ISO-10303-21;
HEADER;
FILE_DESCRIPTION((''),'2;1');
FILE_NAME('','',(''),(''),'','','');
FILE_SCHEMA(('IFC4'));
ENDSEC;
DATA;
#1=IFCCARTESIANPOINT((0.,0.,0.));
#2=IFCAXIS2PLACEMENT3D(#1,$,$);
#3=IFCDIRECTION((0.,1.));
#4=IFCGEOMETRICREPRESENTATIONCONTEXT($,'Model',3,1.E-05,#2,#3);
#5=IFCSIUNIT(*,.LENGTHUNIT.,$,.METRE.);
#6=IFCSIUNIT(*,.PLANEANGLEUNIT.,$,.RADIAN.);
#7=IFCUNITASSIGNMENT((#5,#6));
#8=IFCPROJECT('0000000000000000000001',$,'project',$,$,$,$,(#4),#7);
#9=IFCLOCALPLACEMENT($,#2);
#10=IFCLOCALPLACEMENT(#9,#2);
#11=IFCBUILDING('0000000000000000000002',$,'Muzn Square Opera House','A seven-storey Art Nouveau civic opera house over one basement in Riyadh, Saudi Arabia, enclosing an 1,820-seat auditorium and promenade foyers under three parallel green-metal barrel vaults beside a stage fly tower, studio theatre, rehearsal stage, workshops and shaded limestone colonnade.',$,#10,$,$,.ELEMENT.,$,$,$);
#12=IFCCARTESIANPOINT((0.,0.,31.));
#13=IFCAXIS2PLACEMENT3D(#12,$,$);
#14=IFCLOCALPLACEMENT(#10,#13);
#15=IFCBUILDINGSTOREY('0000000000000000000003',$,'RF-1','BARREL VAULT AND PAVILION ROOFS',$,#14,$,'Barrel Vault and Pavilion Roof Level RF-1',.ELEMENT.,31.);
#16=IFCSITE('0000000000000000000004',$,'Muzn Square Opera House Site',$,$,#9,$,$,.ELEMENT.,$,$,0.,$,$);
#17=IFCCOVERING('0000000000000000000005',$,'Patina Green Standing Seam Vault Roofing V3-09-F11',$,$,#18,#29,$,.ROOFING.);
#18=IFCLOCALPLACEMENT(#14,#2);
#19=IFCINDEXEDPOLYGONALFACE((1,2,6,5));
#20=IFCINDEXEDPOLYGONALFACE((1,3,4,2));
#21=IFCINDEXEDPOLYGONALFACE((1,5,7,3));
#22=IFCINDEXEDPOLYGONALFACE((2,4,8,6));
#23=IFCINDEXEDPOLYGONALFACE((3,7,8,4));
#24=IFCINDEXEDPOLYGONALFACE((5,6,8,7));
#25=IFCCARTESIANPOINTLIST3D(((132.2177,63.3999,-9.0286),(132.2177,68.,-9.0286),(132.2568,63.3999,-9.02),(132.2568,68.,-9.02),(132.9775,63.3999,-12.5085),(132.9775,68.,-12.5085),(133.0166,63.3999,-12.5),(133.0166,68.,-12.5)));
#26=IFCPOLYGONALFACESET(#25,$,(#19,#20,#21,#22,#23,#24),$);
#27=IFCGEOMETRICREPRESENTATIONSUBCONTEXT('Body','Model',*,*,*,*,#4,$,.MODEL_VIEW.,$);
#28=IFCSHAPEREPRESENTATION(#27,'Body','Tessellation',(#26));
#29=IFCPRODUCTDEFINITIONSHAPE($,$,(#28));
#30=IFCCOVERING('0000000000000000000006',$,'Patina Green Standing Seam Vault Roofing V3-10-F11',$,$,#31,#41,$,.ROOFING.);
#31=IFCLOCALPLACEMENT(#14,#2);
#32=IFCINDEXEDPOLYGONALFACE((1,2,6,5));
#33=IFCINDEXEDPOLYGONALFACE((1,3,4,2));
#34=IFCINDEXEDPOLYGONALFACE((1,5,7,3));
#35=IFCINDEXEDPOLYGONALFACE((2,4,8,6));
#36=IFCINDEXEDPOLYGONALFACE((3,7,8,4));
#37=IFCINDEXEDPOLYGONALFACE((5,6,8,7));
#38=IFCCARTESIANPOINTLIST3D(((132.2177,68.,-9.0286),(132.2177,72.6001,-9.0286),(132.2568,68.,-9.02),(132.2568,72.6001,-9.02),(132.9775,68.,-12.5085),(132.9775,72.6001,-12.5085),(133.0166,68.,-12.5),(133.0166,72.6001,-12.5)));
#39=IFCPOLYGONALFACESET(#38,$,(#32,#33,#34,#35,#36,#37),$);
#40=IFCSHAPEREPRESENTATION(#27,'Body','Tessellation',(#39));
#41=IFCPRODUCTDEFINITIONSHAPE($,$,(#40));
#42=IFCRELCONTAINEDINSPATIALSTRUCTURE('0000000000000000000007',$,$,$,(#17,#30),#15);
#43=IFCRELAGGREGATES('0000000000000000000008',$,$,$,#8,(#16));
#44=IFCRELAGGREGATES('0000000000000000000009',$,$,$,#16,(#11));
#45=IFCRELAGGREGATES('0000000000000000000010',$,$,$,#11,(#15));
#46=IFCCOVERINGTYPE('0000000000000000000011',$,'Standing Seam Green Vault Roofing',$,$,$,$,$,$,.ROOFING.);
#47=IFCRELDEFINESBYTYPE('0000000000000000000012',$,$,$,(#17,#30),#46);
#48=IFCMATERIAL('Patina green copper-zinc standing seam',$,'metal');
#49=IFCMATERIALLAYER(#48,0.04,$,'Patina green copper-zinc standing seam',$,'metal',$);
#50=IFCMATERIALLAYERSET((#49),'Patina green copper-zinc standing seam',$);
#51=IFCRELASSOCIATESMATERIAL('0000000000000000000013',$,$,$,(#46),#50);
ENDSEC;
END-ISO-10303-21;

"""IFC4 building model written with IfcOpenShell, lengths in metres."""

from ifc_helpers import new_model, si_unit, direction, frame, origin, place, context, subcontext, project, spatial, polyline, outline, extrude, material, layer, layer_set, type_object, element, save


model = new_model("IFC4")

# Units and contexts
model_context = context("Model", 3, precision=1e-05, world=origin(), true_north=direction((0.0, 1.0)))
body_context = subcontext(model_context, "Body", "Model", "MODEL_VIEW")
ifc_project = project(units=[si_unit("LENGTHUNIT", "METRE"), si_unit("PLANEANGLEUNIT", "RADIAN")], contexts=[model_context])

# Site, building, storey
site_placement = place(None, origin())
site = spatial("IfcSite", under=ifc_project, at=site_placement, Name="Muzn Square Opera House Site", CompositionType="ELEMENT", RefElevation=0.0)
building_placement = place(site_placement, origin())
building = spatial("IfcBuilding", under=site, at=building_placement, Name="Muzn Square Opera House", Description="A seven-storey Art Nouveau civic opera house over one basement in Riyadh, Saudi Arabia, enclosing an 1,820-seat auditorium and promenade foyers under three parallel green-metal barrel vaults beside a stage fly tower, studio theatre, rehearsal stage, workshops and shaded limestone colonnade.", CompositionType="ELEMENT")
storey_placement = place(building_placement, frame((0.0, 0.0, 31.0)))
storey = spatial("IfcBuildingStorey", under=building, at=storey_placement, Name="RF-1", Description="BARREL VAULT AND PAVILION ROOFS", LongName="Barrel Vault and Pavilion Roof Level RF-1", CompositionType="ELEMENT", Elevation=31.0)

# Shared definitions
ifc_material_1 = material(Name="Patina green copper-zinc standing seam", Category="metal")

# Coverings
ifc_layer_1 = layer(ifc_material_1, 0.04, Name="Patina green copper-zinc standing seam", Category="metal")
ifc_layer_set_1 = layer_set([ifc_layer_1], Name="Patina green copper-zinc standing seam")
covering_type = type_object("IfcCoveringType", Name="Standing Seam Green Vault Roofing", PredefinedType="ROOFING", material=ifc_layer_set_1)
for number, where, z_axis, x_axis, name in (
    (1, (132.2568, 63.3999, -9.02), (0.976987, 0.0, 0.2133), (0.2133, 0.0, -0.976987), "Patina Green Standing Seam Vault Roofing V3-09-F11"),
    (2, (132.2568, 68.0, -9.02), (0.976987, 0.0, 0.2133), (0.2133, 0.0, -0.976987), "Patina Green Standing Seam Vault Roofing V3-10-F11"),
):
    element("IfcCovering", number, at=place(storey_placement, frame(where, z_axis=z_axis, x_axis=x_axis)), inside=storey, type_object=covering_type, Name=name, PredefinedType="ROOFING", context=body_context, shape_type="SweptSolid", body=[
        extrude(outline(polyline([(0.0, 0.0), (3.562, 0.0), (3.562, 4.6001), (0.0, 4.6001), (0.0, 0.0)])), origin(), (0.0, 0.0, -1.0), 0.04),
    ])

save(model, "model.ifc")
